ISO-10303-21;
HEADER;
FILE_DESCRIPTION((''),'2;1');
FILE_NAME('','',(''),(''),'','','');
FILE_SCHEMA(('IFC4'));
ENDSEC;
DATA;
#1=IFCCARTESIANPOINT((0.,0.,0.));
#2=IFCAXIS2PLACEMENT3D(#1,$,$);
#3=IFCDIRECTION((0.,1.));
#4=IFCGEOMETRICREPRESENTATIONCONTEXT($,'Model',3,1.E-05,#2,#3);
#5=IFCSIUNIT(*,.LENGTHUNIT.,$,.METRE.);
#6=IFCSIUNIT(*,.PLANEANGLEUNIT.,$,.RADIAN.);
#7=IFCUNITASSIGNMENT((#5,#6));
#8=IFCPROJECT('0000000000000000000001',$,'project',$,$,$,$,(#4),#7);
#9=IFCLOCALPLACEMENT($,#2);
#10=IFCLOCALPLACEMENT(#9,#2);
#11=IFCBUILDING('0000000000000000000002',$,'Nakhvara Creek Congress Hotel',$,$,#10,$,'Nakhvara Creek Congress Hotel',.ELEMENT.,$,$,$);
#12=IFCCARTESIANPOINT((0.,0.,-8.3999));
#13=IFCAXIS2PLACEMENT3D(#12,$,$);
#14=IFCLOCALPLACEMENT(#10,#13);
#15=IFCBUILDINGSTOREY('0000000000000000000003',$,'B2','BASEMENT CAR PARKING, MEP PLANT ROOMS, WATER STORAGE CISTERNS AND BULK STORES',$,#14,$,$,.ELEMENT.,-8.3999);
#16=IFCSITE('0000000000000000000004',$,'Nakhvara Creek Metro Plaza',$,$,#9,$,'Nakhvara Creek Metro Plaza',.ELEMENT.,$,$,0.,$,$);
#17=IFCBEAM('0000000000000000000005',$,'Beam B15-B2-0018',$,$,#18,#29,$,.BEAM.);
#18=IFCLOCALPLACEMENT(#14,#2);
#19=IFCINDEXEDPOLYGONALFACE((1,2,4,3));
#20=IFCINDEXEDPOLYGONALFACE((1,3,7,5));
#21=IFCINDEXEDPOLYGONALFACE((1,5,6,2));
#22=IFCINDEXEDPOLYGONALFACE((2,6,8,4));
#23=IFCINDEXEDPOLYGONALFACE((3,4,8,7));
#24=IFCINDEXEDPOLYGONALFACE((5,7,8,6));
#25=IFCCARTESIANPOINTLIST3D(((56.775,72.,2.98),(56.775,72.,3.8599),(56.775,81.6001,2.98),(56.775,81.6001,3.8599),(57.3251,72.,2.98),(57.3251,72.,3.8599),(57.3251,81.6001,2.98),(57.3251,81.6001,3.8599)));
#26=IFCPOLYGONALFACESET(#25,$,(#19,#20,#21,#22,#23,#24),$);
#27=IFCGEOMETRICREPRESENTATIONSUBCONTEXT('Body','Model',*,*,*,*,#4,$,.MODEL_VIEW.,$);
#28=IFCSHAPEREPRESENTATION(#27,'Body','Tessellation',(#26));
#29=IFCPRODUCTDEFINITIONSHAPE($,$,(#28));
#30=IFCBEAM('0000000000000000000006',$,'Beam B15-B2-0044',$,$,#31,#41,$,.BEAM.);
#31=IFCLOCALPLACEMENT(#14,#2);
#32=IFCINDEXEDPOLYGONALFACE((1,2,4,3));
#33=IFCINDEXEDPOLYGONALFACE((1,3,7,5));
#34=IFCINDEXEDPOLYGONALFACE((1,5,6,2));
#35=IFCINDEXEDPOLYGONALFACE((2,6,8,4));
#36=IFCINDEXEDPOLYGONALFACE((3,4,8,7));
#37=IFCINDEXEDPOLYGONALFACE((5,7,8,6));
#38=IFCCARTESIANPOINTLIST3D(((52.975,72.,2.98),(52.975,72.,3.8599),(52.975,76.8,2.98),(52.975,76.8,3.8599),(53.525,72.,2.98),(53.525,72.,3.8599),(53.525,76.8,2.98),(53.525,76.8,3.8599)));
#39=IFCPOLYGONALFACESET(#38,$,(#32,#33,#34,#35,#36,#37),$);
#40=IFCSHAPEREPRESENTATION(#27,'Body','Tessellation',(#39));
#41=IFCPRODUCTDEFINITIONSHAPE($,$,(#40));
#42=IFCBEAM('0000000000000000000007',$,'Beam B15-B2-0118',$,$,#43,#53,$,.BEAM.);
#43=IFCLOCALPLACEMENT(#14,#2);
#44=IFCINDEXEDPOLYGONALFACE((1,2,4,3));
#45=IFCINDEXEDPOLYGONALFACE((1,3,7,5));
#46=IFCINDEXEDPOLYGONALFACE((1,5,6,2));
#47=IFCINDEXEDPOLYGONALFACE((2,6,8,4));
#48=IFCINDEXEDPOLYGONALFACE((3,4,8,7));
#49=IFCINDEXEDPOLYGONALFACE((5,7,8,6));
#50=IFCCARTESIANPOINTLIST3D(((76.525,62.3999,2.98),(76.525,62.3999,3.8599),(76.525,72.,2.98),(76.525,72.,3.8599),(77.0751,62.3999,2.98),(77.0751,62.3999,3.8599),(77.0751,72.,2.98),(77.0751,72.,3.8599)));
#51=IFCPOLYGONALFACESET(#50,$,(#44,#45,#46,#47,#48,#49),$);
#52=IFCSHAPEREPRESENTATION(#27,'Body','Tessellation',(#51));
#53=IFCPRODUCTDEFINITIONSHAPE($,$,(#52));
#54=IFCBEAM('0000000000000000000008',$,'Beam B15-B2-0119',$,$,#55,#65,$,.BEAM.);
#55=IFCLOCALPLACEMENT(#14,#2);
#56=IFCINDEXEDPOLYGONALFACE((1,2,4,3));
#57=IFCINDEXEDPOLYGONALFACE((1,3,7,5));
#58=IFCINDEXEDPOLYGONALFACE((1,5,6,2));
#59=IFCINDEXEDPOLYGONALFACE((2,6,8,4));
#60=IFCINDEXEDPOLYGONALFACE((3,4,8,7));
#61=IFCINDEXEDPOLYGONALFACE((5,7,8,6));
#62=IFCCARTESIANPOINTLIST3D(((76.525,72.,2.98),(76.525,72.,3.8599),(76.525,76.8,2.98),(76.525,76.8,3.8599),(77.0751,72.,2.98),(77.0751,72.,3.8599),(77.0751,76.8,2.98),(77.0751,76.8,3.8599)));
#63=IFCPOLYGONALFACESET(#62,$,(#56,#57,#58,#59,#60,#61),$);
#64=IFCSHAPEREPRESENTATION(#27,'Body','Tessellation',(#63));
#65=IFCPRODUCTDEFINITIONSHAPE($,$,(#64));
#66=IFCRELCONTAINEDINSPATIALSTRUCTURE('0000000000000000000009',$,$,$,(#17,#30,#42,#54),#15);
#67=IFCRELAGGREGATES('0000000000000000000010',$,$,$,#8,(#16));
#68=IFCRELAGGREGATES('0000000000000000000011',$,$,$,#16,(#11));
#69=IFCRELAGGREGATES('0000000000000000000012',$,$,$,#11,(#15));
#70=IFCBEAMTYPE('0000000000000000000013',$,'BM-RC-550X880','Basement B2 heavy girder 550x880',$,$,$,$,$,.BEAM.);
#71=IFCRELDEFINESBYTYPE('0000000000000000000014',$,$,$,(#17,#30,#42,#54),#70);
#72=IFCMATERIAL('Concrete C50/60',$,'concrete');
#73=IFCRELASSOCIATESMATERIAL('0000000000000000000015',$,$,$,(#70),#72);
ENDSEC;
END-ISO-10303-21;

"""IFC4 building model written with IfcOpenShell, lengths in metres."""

from ifc_helpers import new_model, si_unit, direction, frame, origin, origin_2d, place, context, subcontext, project, spatial, rectangle, extrude, material, material_profile, profile_set, type_object, element, save


model = new_model("IFC4")

# Units and contexts
model_context = context("Model", 3, precision=1e-05, world=origin(), true_north=direction((0.0, 1.0)))
body_context = subcontext(model_context, "Body", "Model", "MODEL_VIEW")
ifc_project = project(units=[si_unit("LENGTHUNIT", "METRE"), si_unit("PLANEANGLEUNIT", "RADIAN")], contexts=[model_context])

# Site, building, storey
site_placement = place(None, origin())
site = spatial("IfcSite", under=ifc_project, at=site_placement, Name="Nakhvara Creek Metro Plaza", LongName="Nakhvara Creek Metro Plaza", CompositionType="ELEMENT", RefElevation=0.0)
building_placement = place(site_placement, origin())
building = spatial("IfcBuilding", under=site, at=building_placement, Name="Nakhvara Creek Congress Hotel", LongName="Nakhvara Creek Congress Hotel", CompositionType="ELEMENT")
storey_placement = place(building_placement, frame((0.0, 0.0, -8.3999)))
storey = spatial("IfcBuildingStorey", under=building, at=storey_placement, Name="B2", Description="BASEMENT CAR PARKING, MEP PLANT ROOMS, WATER STORAGE CISTERNS AND BULK STORES", CompositionType="ELEMENT", Elevation=-8.3999)

# Shared definitions
ifc_material_1 = material(Name="Concrete C50/60", Category="concrete")

# Beams
ifc_material_profile_1 = material_profile(ifc_material_1, rectangle(XDim=0.55, YDim=0.8799, at=origin_2d()), Name="RC-BM 550x880", Category="LoadBearing")
ifc_profile_set_1 = profile_set([ifc_material_profile_1], Name="Concrete C50/60")
beam_type = type_object("IfcBeamType", Name="BM-RC-550X880", Description="Basement B2 heavy girder 550x880", PredefinedType="BEAM", material=ifc_profile_set_1)
for number, where, z_axis, x_axis, name in (
    (1, (57.05, 72.0, 3.4199), (0.0, 1.0, 0.0), (-1.0, 0.0, 0.0), "Beam B15-B2-0018"),
):
    element("IfcBeam", number, at=place(storey_placement, frame(where, z_axis=z_axis, x_axis=x_axis)), inside=storey, type_object=beam_type, Name=name, PredefinedType="BEAM", context=body_context, shape_type="SweptSolid", body=[
        extrude(rectangle(XDim=0.55, YDim=0.8799, at=origin_2d()), origin(), (0.0, 0.0, 1.0), 9.6001),
    ])
beam_1_placement = place(storey_placement, frame((53.25, 72.0, 3.4199), z_axis=(0.0, 1.0, 0.0), x_axis=(-1.0, 0.0, 0.0)))
element("IfcBeam", 2, at=beam_1_placement, inside=storey, type_object=beam_type, Name="Beam B15-B2-0044", PredefinedType="BEAM", context=body_context, shape_type="SweptSolid", body=[
    extrude(rectangle(XDim=0.55, YDim=0.8799, at=origin_2d()), origin(), (0.0, 0.0, 1.0), 4.8),
])
beam_2_placement = place(storey_placement, frame((76.8, 62.3999, 3.4199), z_axis=(0.0, 1.0, 0.0), x_axis=(-1.0, 0.0, 0.0)))
element("IfcBeam", 3, at=beam_2_placement, inside=storey, type_object=beam_type, Name="Beam B15-B2-0118", PredefinedType="BEAM", context=body_context, shape_type="SweptSolid", body=[
    extrude(rectangle(XDim=0.55, YDim=0.8799, at=origin_2d()), origin(), (0.0, 0.0, 1.0), 9.6001),
])
beam_3_placement = place(storey_placement, frame((76.8, 72.0, 3.4199), z_axis=(0.0, 1.0, 0.0), x_axis=(-1.0, 0.0, 0.0)))
element("IfcBeam", 4, at=beam_3_placement, inside=storey, type_object=beam_type, Name="Beam B15-B2-0119", PredefinedType="BEAM", context=body_context, shape_type="SweptSolid", body=[
    extrude(rectangle(XDim=0.55, YDim=0.8799, at=origin_2d()), origin(), (0.0, 0.0, 1.0), 4.8),
])

save(model, "model.ifc")
